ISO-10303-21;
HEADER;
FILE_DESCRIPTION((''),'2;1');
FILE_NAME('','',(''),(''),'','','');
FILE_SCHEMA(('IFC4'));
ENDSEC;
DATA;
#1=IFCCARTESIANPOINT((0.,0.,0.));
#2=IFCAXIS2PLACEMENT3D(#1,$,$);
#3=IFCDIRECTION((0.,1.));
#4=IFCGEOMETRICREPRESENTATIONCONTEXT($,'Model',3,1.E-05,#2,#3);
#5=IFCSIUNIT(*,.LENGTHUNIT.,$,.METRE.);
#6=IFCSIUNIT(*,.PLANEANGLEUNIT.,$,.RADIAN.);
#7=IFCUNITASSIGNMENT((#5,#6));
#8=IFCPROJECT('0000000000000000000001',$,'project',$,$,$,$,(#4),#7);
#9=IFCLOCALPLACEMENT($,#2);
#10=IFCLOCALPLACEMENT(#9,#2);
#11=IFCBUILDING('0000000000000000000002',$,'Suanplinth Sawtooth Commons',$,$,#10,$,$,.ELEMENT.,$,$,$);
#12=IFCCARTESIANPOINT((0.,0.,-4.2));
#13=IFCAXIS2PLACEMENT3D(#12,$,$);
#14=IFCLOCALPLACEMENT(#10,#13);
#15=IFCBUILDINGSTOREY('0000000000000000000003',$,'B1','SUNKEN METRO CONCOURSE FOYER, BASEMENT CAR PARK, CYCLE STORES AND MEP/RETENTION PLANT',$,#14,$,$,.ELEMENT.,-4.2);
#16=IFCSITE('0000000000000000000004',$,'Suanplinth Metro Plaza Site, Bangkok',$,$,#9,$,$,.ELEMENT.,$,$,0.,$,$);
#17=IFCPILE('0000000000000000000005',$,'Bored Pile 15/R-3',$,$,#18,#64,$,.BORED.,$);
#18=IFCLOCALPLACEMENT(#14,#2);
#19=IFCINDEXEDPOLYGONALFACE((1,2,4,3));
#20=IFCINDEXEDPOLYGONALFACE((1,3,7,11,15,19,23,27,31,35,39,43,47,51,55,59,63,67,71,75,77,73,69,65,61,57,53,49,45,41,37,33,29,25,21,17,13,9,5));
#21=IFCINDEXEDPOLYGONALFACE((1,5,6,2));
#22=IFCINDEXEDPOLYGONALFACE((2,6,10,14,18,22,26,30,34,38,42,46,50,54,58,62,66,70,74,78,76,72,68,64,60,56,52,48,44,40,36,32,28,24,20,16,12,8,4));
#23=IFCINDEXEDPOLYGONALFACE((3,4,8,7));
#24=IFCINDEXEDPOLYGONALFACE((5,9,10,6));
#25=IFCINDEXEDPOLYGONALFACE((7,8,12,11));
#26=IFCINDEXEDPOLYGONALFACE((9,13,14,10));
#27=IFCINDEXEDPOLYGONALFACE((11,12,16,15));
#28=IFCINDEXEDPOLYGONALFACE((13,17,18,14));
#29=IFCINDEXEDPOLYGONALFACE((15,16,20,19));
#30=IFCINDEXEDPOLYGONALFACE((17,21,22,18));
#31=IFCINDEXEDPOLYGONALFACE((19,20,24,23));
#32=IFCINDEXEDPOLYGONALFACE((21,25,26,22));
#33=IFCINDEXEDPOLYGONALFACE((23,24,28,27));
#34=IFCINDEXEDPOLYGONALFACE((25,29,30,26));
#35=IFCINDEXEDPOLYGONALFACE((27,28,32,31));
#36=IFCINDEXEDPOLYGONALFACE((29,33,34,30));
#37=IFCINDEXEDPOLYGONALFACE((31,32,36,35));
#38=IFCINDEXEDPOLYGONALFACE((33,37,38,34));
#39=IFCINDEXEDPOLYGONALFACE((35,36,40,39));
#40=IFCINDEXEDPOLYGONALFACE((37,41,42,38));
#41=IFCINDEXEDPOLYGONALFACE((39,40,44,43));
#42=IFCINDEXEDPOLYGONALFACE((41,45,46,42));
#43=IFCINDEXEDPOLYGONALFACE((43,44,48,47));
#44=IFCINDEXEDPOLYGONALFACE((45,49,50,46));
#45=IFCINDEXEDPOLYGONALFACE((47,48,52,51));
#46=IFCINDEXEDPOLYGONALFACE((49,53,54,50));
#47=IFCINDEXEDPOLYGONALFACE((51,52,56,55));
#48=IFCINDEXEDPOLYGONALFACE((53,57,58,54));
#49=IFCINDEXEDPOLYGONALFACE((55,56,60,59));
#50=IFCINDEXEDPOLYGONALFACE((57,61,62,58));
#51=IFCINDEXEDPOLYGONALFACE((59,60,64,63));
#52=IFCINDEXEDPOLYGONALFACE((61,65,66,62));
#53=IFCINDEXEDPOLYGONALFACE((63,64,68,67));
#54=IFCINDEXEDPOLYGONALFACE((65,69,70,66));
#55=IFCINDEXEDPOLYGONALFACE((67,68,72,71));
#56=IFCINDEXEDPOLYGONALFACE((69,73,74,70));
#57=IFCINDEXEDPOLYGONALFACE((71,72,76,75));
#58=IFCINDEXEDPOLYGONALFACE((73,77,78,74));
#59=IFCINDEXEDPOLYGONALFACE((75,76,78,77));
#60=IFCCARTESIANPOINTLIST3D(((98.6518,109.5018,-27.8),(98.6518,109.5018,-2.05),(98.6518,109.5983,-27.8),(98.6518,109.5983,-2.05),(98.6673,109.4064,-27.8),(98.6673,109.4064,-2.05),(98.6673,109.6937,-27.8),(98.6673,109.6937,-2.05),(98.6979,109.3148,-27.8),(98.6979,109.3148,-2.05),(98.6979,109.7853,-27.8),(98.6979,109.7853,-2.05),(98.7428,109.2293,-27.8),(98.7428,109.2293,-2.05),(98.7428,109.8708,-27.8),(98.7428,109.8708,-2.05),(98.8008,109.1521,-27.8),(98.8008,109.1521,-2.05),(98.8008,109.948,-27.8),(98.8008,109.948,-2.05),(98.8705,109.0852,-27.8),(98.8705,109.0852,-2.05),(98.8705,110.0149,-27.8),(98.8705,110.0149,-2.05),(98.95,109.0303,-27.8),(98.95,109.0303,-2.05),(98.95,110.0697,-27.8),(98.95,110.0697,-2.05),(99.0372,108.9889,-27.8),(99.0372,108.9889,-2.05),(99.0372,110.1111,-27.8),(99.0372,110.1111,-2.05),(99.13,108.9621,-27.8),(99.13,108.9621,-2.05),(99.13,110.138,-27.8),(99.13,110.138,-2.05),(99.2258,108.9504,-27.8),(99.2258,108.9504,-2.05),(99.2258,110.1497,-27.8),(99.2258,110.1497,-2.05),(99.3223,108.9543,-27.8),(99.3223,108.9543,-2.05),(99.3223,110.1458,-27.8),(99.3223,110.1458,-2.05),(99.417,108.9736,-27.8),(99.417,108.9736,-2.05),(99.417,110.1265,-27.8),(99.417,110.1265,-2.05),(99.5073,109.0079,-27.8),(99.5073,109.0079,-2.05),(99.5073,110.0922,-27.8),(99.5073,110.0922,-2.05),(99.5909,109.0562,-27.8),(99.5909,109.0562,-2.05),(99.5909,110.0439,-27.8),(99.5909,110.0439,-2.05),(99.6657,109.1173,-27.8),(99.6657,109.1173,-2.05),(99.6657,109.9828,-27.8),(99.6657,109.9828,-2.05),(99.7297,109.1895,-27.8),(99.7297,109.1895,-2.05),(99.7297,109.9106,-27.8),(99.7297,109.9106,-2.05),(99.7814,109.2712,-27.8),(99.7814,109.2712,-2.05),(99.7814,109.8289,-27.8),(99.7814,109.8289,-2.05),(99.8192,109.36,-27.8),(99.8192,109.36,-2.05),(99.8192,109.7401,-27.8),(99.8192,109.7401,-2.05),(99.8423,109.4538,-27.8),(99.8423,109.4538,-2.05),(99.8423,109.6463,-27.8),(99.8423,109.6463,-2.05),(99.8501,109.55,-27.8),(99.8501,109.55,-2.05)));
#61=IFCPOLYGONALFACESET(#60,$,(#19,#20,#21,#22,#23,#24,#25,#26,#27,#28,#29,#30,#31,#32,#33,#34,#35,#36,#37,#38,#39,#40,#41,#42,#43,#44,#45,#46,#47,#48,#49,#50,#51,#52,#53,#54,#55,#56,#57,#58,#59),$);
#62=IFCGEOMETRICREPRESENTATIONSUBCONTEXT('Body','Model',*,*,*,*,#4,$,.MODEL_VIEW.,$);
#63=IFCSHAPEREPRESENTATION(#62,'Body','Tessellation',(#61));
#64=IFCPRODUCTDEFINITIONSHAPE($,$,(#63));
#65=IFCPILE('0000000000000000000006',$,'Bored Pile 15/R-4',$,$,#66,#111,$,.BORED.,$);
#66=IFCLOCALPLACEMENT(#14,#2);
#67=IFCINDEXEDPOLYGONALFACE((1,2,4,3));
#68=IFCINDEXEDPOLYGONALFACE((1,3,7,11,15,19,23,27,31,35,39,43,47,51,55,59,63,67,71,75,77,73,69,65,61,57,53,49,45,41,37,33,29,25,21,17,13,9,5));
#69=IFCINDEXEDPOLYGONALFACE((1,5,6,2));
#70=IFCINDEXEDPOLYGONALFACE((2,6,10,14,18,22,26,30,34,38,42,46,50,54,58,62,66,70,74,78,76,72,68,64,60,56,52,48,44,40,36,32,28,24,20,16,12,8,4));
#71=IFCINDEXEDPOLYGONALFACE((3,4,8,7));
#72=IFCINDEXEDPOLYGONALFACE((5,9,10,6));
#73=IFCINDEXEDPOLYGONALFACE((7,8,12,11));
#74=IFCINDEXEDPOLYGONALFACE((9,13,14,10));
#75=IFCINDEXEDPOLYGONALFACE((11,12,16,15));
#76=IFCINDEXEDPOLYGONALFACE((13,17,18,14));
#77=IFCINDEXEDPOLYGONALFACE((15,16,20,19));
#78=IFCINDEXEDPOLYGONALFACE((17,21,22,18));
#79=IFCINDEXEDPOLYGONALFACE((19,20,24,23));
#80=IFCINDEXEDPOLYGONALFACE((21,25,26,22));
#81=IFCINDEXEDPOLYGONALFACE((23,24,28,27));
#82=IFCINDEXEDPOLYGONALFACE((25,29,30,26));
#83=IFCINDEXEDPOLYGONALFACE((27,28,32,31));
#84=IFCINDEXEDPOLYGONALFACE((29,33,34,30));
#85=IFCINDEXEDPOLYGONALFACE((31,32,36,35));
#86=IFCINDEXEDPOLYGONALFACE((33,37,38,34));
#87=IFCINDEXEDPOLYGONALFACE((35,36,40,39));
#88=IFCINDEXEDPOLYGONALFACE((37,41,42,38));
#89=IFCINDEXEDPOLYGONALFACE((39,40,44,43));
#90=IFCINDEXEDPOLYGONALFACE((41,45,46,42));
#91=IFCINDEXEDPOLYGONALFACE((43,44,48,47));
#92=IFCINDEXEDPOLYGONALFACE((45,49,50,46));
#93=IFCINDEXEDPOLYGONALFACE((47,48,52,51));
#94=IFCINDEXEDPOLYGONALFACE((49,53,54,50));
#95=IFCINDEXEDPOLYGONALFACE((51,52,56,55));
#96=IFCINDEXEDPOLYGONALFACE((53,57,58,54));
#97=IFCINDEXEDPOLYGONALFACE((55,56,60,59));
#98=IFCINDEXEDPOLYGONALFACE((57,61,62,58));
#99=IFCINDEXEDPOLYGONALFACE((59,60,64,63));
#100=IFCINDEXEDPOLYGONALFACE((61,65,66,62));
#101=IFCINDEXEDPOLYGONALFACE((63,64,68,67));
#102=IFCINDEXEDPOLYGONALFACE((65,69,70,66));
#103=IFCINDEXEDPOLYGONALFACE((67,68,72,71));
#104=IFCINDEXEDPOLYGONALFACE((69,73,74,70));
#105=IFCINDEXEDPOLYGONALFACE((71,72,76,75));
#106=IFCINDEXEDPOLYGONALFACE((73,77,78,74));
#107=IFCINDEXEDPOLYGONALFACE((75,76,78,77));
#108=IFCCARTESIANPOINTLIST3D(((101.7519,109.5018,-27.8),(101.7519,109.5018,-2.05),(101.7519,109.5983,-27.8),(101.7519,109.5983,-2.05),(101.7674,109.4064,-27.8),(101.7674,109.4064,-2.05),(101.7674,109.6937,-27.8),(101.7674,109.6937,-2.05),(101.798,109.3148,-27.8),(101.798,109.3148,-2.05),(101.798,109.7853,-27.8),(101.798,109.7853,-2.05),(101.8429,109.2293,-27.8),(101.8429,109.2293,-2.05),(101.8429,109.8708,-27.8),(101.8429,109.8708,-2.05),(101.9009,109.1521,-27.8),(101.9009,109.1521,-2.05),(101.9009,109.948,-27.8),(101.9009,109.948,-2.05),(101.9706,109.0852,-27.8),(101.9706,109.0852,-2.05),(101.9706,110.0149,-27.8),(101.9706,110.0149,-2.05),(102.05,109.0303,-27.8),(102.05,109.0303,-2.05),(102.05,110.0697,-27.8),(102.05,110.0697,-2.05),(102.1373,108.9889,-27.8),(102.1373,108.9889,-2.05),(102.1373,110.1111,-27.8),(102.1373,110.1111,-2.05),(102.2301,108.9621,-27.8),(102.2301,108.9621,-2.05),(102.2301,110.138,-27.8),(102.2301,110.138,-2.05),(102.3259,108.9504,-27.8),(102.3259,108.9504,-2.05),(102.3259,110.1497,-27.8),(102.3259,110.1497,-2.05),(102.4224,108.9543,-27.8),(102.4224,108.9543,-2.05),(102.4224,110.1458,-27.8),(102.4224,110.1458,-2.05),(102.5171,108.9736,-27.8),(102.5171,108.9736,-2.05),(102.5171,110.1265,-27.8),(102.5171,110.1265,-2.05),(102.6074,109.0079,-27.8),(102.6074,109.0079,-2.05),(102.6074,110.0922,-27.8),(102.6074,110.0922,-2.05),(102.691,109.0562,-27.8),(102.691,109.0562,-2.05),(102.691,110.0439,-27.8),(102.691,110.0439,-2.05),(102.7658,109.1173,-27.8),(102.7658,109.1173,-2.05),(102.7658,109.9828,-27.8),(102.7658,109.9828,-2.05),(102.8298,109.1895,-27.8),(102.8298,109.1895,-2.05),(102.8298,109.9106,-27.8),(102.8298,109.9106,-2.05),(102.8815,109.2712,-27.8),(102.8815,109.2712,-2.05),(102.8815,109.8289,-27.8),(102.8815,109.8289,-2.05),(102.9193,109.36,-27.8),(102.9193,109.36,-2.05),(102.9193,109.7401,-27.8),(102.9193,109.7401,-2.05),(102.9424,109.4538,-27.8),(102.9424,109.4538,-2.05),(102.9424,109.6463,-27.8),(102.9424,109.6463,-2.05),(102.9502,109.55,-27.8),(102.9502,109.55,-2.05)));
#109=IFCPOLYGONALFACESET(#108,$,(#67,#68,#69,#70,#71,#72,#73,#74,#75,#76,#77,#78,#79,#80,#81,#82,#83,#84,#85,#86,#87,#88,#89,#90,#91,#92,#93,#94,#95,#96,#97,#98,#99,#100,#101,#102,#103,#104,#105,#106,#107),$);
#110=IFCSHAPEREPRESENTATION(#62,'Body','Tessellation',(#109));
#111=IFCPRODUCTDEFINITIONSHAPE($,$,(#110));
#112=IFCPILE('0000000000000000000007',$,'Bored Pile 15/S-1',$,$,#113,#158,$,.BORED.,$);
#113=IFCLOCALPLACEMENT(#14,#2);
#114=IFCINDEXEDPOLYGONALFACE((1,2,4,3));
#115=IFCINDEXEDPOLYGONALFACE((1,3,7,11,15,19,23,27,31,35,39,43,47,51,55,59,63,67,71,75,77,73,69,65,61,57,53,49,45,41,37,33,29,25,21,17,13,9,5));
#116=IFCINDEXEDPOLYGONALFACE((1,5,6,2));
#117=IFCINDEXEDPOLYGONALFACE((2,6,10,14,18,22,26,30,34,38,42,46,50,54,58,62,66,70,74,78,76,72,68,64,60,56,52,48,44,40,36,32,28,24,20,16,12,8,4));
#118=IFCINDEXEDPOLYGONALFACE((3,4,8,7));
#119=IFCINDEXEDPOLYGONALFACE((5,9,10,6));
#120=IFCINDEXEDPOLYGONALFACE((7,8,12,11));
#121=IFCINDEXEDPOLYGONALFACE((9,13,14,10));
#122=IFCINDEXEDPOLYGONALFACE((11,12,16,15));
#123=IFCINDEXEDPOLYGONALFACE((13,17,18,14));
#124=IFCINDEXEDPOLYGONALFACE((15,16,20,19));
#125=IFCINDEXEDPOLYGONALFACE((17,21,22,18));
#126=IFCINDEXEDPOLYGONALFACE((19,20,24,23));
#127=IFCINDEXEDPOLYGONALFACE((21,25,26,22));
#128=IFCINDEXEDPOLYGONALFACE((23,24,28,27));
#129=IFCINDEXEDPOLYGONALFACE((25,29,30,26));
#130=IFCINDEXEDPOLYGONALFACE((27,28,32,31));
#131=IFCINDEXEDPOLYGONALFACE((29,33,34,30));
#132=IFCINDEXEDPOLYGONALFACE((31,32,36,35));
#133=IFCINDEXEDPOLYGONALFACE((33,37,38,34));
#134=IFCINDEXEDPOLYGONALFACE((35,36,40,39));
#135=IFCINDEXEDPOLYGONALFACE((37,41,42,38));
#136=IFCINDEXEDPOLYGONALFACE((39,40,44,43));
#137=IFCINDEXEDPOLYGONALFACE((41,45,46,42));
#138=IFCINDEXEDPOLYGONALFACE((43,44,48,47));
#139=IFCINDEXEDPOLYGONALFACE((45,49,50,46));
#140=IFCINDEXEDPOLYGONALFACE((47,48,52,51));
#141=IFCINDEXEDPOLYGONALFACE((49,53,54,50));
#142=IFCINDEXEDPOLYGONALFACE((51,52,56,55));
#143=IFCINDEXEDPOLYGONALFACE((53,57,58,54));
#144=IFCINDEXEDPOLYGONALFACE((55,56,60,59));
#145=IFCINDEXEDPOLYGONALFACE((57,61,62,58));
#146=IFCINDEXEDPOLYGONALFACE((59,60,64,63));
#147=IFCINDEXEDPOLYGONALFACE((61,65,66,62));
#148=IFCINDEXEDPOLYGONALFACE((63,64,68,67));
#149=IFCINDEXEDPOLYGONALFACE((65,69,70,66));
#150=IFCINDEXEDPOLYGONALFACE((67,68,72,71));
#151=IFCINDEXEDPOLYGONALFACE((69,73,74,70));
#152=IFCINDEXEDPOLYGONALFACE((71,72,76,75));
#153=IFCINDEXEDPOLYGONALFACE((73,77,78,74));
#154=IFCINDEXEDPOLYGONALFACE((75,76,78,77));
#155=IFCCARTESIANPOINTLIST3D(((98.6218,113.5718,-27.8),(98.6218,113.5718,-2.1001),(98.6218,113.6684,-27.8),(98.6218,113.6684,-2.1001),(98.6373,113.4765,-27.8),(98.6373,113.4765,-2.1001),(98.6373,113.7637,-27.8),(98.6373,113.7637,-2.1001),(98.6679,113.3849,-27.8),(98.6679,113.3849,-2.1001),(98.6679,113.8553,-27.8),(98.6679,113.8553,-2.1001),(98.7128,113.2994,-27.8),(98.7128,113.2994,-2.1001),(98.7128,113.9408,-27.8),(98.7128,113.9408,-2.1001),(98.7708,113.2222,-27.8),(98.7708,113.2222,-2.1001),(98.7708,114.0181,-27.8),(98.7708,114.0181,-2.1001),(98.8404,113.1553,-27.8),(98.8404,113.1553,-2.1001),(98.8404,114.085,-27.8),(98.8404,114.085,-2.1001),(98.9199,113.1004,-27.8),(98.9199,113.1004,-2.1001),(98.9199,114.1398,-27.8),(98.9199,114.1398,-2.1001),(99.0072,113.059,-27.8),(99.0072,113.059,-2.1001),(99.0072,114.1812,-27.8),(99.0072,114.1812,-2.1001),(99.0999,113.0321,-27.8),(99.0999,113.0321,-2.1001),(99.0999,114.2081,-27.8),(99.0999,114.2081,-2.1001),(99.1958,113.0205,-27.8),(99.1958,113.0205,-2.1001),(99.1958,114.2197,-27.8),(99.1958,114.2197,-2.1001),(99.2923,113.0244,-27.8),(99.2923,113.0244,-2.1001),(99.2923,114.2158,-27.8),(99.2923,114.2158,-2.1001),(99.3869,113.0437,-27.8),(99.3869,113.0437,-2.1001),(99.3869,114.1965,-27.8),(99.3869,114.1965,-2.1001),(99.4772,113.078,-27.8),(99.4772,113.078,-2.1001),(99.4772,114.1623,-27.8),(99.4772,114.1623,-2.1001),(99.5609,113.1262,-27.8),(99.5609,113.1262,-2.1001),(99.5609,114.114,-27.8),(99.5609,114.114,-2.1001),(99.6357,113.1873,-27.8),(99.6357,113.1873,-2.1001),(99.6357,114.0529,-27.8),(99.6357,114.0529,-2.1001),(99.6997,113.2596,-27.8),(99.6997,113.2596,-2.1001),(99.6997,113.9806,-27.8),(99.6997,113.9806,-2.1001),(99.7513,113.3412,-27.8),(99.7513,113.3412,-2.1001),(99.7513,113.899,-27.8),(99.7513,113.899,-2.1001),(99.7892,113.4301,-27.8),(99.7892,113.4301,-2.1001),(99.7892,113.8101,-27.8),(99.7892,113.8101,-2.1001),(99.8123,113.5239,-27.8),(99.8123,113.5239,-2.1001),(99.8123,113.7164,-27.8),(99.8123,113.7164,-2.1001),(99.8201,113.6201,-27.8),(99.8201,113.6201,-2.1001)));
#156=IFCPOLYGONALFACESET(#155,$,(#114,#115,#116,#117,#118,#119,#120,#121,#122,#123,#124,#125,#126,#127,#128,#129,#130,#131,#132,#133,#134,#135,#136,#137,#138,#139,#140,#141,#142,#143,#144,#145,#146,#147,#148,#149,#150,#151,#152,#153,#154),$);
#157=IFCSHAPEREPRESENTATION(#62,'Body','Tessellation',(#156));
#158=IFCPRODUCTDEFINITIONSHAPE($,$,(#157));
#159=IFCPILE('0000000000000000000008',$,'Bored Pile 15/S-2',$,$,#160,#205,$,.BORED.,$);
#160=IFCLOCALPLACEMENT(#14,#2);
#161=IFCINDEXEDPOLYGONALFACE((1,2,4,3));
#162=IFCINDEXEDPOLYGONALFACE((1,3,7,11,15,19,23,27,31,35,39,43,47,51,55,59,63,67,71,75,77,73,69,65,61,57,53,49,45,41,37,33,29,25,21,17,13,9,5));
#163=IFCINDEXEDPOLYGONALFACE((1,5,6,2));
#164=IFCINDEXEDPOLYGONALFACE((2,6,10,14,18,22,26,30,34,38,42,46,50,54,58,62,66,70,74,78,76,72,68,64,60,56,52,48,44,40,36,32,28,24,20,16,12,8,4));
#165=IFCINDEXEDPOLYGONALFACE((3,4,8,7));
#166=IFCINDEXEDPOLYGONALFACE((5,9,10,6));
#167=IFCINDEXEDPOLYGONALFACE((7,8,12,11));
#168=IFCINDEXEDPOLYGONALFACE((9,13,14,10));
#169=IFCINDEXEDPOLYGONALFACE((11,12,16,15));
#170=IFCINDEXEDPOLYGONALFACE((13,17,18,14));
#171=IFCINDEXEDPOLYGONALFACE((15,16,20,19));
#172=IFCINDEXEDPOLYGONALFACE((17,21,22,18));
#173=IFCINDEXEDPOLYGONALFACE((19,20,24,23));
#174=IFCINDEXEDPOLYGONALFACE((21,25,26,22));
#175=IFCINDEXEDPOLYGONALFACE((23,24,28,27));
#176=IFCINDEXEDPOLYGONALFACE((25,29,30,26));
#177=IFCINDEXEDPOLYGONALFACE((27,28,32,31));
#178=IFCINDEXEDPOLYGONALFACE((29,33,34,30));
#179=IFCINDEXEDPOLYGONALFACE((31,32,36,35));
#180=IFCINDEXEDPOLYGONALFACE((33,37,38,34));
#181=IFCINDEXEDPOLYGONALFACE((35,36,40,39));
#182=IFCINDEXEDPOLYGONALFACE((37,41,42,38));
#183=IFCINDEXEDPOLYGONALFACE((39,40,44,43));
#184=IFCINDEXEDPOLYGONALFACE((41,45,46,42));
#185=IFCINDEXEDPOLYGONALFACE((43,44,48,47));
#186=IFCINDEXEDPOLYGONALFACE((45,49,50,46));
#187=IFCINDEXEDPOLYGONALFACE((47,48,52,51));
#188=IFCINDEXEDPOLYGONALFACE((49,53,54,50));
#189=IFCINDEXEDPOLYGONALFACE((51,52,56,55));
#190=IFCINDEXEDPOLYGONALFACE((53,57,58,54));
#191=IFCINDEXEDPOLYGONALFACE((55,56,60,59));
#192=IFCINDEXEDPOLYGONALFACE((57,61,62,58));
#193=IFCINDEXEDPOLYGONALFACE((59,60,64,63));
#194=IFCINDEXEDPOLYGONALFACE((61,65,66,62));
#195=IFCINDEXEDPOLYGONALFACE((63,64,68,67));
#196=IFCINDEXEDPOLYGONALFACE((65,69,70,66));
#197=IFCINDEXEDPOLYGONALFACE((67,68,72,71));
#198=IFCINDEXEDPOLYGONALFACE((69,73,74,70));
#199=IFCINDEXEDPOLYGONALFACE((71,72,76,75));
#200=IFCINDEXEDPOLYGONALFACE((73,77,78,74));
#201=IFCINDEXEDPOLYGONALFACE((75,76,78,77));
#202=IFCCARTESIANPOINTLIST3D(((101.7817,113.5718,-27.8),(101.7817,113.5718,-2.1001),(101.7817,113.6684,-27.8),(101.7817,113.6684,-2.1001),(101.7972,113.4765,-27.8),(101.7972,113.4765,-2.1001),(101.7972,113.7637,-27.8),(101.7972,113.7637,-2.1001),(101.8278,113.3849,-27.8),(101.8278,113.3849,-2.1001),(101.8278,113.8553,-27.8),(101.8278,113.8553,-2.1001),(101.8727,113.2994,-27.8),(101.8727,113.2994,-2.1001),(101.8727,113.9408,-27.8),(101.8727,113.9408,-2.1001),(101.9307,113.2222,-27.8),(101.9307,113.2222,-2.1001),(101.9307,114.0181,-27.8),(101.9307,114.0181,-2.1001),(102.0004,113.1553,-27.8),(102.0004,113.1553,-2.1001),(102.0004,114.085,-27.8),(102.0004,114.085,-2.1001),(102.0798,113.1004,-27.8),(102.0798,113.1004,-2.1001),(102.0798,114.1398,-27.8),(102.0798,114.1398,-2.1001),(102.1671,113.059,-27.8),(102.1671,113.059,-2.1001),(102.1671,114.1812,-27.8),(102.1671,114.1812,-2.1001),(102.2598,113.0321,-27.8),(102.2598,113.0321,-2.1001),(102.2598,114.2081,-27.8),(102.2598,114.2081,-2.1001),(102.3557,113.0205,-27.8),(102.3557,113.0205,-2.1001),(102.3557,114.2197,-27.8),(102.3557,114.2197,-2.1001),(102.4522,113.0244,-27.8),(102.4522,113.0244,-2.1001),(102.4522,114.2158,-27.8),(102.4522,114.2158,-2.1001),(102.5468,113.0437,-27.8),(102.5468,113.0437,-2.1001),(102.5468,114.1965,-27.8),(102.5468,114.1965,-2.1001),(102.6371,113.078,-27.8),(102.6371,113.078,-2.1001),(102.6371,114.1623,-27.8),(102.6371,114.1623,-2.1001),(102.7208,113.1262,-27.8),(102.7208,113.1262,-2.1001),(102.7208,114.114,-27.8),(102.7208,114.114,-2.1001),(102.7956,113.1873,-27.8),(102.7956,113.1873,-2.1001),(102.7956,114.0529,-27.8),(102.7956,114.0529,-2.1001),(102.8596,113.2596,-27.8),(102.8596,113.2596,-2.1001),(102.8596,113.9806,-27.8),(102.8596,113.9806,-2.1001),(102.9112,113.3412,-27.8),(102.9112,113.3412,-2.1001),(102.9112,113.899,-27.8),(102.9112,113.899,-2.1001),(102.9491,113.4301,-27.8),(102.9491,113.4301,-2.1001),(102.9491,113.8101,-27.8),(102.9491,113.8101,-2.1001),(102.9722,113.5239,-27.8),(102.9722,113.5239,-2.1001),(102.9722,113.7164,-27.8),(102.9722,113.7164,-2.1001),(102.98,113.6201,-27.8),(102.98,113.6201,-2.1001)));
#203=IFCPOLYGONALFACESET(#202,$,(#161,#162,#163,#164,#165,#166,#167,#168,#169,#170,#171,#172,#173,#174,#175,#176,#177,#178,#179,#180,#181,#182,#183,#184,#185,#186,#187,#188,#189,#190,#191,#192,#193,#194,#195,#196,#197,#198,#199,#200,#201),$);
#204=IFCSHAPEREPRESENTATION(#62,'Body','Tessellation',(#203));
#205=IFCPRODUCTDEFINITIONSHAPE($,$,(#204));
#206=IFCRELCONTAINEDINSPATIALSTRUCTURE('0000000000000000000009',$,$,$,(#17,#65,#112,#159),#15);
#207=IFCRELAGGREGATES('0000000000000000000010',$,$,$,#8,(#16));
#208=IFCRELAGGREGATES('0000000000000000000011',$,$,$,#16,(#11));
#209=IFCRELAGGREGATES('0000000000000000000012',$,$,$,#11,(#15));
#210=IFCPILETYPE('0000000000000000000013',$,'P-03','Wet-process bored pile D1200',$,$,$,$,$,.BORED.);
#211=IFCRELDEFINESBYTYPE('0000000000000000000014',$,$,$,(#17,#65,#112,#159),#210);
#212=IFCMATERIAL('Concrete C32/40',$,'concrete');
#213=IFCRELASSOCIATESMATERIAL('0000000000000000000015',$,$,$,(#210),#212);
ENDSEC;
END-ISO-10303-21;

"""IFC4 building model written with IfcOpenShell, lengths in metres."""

from ifc_helpers import new_model, si_unit, direction, frame, origin, origin_2d, place, context, subcontext, project, spatial, circle, extrude, material, material_profile, profile_set, type_object, element, save


model = new_model("IFC4")

# Units and contexts
model_context = context("Model", 3, precision=1e-05, world=origin(), true_north=direction((0.0, 1.0)))
body_context = subcontext(model_context, "Body", "Model", "MODEL_VIEW")
ifc_project = project(units=[si_unit("LENGTHUNIT", "METRE"), si_unit("PLANEANGLEUNIT", "RADIAN")], contexts=[model_context])

# Site, building, storey
site_placement = place(None, origin())
site = spatial("IfcSite", under=ifc_project, at=site_placement, Name="Suanplinth Metro Plaza Site, Bangkok", CompositionType="ELEMENT", RefElevation=0.0)
building_placement = place(site_placement, origin())
building = spatial("IfcBuilding", under=site, at=building_placement, Name="Suanplinth Sawtooth Commons", CompositionType="ELEMENT")
storey_placement = place(building_placement, frame((0.0, 0.0, -4.2)))
storey = spatial("IfcBuildingStorey", under=building, at=storey_placement, Name="B1", Description="SUNKEN METRO CONCOURSE FOYER, BASEMENT CAR PARK, CYCLE STORES AND MEP/RETENTION PLANT", CompositionType="ELEMENT", Elevation=-4.2)

# Piles
ifc_material_1 = material(Name="Concrete C32/40", Category="concrete")
ifc_material_profile_1 = material_profile(ifc_material_1, circle(Radius=0.6001, at=origin_2d()), Name="PILE D1200")
ifc_profile_set_1 = profile_set([ifc_material_profile_1], Name="Concrete C32/40")
pile_type = type_object("IfcPileType", Name="P-03", Description="Wet-process bored pile D1200", PredefinedType="BORED", material=ifc_profile_set_1)
for number, where, z_axis, x_axis, name in (
    (1, (99.25, 109.55, -2.05), (0.0, 0.0, -1.0), (1.0, 0.0, 0.0), "Bored Pile 15/R-3"),
    (2, (102.3501, 109.55, -2.05), (0.0, 0.0, -1.0), (1.0, 0.0, 0.0), "Bored Pile 15/R-4"),
):
    element("IfcPile", number, at=place(storey_placement, frame(where, z_axis=z_axis, x_axis=x_axis)), inside=storey, type_object=pile_type, Name=name, PredefinedType="BORED", context=body_context, shape_type="SweptSolid", body=[
        extrude(circle(Radius=0.6001, at=origin_2d()), origin(), (0.0, 0.0, 1.0), 25.75),
    ])
for number, where, z_axis, x_axis, name in (
    (3, (99.22, 113.6201, -2.1001), (0.0, 0.0, -1.0), (1.0, 0.0, 0.0), "Bored Pile 15/S-1"),
    (4, (102.3799, 113.6201, -2.1001), (0.0, 0.0, -1.0), (1.0, 0.0, 0.0), "Bored Pile 15/S-2"),
):
    element("IfcPile", number, at=place(storey_placement, frame(where, z_axis=z_axis, x_axis=x_axis)), inside=storey, type_object=pile_type, Name=name, PredefinedType="BORED", context=body_context, shape_type="SweptSolid", body=[
        extrude(circle(Radius=0.6001, at=origin_2d()), origin(), (0.0, 0.0, 1.0), 25.7),
    ])

save(model, "model.ifc")
